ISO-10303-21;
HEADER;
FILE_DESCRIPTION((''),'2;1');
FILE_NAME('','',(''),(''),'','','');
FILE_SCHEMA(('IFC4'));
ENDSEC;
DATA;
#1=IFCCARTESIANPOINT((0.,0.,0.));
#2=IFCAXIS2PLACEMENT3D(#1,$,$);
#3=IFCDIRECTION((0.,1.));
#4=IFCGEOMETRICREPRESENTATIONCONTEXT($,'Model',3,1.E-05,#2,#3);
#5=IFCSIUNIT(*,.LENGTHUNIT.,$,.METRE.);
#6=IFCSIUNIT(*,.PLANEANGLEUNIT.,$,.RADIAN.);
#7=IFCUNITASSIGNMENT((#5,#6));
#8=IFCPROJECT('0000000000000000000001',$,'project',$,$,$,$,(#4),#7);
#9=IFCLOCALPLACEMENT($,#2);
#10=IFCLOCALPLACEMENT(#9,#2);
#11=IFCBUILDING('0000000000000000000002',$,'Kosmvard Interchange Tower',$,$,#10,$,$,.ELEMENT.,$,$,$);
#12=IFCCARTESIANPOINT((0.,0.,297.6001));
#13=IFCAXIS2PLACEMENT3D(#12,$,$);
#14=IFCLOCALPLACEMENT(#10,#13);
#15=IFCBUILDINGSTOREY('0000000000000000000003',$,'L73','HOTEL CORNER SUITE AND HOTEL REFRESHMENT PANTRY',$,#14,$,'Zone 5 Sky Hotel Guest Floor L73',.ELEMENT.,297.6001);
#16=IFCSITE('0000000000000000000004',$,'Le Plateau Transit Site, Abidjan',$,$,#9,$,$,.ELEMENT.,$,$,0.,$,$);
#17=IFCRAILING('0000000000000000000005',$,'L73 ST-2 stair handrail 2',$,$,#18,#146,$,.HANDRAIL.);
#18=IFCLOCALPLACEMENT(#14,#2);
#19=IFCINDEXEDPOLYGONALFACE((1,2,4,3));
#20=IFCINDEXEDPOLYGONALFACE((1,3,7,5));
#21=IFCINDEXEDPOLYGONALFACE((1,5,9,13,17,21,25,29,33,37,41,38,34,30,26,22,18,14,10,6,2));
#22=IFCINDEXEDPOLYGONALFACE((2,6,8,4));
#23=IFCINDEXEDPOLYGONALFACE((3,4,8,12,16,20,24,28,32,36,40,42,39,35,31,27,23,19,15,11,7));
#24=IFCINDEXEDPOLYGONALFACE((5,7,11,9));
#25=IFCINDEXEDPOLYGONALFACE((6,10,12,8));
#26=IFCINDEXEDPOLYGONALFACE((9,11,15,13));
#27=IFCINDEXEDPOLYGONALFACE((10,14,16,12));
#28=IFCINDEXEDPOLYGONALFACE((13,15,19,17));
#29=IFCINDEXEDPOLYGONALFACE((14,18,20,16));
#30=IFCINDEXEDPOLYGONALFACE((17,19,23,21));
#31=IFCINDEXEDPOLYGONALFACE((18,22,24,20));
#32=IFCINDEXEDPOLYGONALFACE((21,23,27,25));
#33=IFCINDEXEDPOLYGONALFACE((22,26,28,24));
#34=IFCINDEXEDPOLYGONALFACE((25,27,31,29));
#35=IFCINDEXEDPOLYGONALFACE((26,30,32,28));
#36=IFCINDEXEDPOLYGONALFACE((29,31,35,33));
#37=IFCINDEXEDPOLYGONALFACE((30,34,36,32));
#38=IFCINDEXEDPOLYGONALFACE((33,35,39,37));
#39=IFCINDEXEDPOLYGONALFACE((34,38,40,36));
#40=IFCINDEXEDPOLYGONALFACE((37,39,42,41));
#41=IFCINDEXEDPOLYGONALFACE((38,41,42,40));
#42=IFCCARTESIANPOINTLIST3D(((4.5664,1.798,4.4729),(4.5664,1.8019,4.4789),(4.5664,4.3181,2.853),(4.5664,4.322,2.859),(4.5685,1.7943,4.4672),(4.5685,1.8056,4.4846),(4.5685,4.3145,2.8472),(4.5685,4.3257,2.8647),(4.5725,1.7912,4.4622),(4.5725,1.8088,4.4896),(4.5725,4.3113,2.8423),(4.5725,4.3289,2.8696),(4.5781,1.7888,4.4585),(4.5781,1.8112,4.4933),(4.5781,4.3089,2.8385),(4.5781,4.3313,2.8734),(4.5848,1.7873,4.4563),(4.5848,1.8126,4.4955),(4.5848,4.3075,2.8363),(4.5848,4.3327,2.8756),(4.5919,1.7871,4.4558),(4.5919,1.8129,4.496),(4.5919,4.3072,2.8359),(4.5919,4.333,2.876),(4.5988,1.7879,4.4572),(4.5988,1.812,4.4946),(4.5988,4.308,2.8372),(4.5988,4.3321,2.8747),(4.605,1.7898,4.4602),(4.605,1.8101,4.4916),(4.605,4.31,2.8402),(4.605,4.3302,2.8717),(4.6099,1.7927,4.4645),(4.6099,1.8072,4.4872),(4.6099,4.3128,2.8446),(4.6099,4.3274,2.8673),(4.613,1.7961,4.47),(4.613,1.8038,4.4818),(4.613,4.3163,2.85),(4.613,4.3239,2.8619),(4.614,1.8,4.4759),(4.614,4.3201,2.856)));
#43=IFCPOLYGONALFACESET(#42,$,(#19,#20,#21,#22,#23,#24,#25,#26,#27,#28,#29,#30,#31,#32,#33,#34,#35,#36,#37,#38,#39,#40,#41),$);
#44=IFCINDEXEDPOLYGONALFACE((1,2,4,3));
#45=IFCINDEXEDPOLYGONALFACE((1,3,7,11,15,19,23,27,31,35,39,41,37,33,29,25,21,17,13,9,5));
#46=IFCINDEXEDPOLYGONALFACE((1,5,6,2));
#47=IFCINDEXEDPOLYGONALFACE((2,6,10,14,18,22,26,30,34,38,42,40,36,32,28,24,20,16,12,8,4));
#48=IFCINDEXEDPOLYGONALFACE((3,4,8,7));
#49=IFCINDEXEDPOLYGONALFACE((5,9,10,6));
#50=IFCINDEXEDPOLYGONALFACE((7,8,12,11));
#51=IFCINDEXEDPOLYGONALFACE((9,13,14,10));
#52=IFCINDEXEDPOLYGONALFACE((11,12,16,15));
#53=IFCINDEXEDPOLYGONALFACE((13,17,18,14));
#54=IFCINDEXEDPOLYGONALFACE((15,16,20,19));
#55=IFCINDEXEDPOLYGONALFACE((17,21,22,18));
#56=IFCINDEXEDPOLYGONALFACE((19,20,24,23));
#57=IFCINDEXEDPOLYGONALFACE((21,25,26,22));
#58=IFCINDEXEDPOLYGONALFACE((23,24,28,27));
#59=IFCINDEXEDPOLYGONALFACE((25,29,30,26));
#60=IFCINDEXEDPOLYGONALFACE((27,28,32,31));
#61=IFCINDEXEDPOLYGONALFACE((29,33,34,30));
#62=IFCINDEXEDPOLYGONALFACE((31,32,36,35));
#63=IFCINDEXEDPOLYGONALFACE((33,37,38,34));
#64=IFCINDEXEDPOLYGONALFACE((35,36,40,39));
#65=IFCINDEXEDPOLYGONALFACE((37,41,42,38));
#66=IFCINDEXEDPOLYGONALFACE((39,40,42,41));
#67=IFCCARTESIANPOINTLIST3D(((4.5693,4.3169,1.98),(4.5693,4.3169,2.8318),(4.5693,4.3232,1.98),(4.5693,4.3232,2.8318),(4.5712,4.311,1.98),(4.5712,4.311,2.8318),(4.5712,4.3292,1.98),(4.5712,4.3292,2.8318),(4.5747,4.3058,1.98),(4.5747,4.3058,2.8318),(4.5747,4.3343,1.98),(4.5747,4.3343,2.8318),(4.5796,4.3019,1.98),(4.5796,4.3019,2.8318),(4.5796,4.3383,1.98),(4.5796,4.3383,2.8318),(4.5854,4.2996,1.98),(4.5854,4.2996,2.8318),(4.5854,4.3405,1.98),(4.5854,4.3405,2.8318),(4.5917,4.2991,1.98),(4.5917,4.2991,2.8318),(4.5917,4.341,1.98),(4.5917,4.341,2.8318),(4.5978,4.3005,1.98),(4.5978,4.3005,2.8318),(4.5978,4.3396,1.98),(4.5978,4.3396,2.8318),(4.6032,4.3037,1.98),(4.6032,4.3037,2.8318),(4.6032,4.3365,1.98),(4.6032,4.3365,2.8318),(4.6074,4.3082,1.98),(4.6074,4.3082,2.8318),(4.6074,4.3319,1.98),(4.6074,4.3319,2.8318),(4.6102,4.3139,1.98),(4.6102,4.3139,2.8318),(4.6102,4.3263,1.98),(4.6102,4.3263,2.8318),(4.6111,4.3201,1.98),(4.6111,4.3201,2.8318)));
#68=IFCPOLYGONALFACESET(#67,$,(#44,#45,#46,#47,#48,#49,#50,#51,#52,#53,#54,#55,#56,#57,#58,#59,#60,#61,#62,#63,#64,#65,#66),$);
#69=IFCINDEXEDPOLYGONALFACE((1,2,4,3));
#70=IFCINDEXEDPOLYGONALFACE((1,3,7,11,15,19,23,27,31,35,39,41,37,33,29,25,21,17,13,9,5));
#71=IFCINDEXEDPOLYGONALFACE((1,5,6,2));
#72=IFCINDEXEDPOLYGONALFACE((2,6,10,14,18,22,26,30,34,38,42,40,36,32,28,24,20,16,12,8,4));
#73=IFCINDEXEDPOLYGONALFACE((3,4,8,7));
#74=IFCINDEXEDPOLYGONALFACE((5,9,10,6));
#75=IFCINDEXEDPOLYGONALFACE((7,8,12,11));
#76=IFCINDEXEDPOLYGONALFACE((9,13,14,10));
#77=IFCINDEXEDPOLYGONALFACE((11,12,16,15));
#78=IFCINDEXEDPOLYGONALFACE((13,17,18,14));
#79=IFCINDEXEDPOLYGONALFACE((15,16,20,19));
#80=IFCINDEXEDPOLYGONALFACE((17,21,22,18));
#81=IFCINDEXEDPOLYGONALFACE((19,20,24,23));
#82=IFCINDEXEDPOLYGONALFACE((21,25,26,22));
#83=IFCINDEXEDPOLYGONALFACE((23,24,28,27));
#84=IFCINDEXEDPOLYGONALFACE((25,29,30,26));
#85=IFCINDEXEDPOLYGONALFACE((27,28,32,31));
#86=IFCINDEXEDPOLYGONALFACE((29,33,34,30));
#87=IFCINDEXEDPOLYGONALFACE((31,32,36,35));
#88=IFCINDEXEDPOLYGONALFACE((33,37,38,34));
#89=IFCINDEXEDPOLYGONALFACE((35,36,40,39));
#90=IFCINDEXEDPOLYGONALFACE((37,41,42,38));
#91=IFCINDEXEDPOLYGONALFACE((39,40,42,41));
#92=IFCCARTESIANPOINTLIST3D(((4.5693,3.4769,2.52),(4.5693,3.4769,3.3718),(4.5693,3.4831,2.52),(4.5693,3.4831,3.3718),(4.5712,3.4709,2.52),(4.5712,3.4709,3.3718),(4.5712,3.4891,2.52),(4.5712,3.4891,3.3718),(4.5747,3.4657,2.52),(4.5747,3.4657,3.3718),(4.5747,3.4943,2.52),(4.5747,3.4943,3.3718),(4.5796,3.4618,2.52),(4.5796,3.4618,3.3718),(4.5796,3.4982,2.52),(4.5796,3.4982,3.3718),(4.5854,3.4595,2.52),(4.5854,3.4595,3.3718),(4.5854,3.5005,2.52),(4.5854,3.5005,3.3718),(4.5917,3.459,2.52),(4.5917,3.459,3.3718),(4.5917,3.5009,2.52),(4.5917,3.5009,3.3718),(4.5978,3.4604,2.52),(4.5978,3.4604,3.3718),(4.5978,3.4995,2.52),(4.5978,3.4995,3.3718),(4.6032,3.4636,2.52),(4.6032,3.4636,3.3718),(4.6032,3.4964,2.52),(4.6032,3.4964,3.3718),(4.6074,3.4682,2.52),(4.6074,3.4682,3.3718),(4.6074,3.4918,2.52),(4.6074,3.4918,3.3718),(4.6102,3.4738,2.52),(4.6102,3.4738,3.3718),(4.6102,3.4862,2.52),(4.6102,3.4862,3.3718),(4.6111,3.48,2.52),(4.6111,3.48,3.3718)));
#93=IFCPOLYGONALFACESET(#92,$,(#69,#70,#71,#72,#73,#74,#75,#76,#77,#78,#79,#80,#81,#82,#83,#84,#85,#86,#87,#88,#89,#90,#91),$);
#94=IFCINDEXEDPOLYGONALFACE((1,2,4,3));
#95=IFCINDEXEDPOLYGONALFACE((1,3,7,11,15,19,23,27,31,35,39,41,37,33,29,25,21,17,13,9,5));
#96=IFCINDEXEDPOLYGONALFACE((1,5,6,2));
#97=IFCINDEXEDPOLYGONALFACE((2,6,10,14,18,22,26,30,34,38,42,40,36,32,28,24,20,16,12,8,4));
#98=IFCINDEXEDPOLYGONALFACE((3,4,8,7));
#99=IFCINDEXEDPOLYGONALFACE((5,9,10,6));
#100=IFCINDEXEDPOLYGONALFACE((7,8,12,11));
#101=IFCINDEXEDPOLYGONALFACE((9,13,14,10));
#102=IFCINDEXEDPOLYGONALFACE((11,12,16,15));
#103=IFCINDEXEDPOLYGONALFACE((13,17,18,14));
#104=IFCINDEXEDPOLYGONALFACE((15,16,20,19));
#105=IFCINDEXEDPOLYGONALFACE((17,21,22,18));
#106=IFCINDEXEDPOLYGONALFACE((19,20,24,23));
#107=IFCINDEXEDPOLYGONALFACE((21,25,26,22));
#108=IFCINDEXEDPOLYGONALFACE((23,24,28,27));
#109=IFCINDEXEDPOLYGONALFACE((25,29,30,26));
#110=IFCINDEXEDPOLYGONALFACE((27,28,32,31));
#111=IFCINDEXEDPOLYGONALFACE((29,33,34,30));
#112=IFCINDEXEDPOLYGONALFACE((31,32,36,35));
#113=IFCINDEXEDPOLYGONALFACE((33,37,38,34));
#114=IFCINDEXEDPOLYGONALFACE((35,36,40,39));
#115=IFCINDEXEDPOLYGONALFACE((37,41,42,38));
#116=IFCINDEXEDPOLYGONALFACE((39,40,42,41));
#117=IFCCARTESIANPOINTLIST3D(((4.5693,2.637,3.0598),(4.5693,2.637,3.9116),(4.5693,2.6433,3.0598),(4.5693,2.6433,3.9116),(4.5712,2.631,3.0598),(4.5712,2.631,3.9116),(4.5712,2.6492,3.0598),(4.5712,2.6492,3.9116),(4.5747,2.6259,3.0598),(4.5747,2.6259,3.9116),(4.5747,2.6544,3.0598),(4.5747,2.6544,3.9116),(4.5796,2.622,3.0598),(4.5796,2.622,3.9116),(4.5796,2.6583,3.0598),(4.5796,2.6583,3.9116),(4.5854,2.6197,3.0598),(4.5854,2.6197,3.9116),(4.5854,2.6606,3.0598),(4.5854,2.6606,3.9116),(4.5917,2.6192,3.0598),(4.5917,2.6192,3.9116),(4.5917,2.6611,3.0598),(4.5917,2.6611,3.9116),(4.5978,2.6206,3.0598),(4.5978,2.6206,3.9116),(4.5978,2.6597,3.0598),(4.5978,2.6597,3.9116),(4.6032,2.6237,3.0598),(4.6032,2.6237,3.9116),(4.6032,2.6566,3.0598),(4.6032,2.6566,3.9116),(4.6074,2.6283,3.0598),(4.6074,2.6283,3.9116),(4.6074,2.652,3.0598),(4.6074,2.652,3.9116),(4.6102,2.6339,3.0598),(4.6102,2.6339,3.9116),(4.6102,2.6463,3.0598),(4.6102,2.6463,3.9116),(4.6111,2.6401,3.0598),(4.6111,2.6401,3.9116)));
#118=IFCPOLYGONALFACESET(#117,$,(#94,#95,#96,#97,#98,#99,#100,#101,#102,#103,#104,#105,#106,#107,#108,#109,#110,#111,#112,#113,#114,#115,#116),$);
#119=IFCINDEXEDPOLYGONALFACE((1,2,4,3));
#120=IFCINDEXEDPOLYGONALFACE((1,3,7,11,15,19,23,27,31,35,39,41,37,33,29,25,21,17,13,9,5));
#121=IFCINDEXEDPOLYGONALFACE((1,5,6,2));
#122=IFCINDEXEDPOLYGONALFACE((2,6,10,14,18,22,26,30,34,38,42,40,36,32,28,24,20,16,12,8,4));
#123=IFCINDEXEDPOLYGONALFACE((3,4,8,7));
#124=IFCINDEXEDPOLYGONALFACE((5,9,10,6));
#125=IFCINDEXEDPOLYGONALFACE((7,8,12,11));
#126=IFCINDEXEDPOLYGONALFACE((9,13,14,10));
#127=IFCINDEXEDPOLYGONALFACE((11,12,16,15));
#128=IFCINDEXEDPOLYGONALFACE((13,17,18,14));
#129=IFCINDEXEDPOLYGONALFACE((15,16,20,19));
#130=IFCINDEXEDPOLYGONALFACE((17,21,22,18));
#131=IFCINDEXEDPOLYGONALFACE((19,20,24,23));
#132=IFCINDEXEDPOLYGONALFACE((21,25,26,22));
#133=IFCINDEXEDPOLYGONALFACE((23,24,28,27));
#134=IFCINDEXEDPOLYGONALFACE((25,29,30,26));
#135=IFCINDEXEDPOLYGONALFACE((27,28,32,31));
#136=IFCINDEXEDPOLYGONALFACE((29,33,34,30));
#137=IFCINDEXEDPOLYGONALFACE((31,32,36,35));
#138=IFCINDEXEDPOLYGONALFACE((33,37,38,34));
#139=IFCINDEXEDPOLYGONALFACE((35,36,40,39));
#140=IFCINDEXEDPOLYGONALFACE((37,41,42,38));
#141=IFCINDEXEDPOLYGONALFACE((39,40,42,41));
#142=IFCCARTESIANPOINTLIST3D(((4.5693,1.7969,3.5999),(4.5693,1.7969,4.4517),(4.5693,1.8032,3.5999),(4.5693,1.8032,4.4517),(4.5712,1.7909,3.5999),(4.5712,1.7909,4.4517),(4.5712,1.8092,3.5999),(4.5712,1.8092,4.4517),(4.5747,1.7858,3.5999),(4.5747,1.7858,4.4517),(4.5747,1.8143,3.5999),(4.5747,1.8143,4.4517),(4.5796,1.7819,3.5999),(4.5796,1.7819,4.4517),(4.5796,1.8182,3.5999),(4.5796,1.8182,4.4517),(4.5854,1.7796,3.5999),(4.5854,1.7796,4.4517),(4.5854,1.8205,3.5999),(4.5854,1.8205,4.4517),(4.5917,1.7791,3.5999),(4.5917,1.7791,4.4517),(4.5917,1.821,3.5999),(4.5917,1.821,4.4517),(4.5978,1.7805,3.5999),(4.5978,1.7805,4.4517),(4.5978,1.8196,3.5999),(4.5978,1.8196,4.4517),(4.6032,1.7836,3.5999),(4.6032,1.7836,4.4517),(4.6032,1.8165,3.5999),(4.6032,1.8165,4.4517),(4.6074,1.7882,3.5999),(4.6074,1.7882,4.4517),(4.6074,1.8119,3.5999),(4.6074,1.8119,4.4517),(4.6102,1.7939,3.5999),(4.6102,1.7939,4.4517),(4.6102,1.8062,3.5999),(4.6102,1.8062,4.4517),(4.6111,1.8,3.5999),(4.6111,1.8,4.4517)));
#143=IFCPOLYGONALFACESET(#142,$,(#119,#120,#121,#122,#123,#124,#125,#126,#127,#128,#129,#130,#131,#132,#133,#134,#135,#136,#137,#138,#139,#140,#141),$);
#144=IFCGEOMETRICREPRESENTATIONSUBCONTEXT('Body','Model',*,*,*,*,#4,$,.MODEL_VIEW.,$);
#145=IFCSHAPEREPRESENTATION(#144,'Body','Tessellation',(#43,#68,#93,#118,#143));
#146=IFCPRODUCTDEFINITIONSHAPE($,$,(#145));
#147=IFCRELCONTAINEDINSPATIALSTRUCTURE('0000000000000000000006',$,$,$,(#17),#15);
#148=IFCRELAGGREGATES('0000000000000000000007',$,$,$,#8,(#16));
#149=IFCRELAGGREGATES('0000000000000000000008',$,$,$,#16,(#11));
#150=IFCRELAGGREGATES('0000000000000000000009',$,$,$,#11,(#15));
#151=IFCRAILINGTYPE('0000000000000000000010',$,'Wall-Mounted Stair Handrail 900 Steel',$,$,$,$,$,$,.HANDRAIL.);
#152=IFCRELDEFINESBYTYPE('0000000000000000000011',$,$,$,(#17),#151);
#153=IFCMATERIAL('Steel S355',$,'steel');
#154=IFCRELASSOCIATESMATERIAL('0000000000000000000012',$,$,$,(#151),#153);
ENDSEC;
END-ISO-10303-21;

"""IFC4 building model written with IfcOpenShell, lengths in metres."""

from ifc_helpers import new_model, si_unit, direction, frame, origin, origin_2d, place, context, subcontext, project, spatial, circle, extrude, source, transform, mapped, material, type_object, element, save


model = new_model("IFC4")

# Units and contexts
model_context = context("Model", 3, precision=1e-05, world=origin(), true_north=direction((0.0, 1.0)))
body_context = subcontext(model_context, "Body", "Model", "MODEL_VIEW")
ifc_project = project(units=[si_unit("LENGTHUNIT", "METRE"), si_unit("PLANEANGLEUNIT", "RADIAN")], contexts=[model_context])

# Site, building, storey
site_placement = place(None, origin())
site = spatial("IfcSite", under=ifc_project, at=site_placement, Name="Le Plateau Transit Site, Abidjan", CompositionType="ELEMENT", RefElevation=0.0)
building_placement = place(site_placement, origin())
building = spatial("IfcBuilding", under=site, at=building_placement, Name="Kosmvard Interchange Tower", CompositionType="ELEMENT")
storey_placement = place(building_placement, frame((0.0, 0.0, 297.6001)))
storey = spatial("IfcBuildingStorey", under=building, at=storey_placement, Name="L73", Description="HOTEL CORNER SUITE AND HOTEL REFRESHMENT PANTRY", LongName="Zone 5 Sky Hotel Guest Floor L73", CompositionType="ELEMENT", Elevation=297.6001)

# Shared definitions
ifc_material_1 = material(Name="Steel S355", Category="steel")

# Railing
railing_type_1 = type_object("IfcRailingType", Name="Wall-Mounted Stair Handrail 900 Steel", PredefinedType="HANDRAIL", material=ifc_material_1)
shared_shape_1 = source(origin(), body_context, "Body", "SweptSolid", [
    extrude(circle(Radius=0.0239, at=origin_2d()), frame((0.0, 0.0, 0.876), z_axis=(0.0, -0.8412, 0.540725), x_axis=(1.0, 0.0, 0.0)), (0.0, 0.0, 1.0), 2.9958),
    extrude(circle(Radius=0.021, at=origin_2d()), origin(), (0.0, 0.0, 1.0), 0.8518),
    extrude(circle(Radius=0.021, at=origin_2d()), frame((0.0, -0.8401, 0.54)), (0.0, 0.0, 1.0), 0.8518),
    extrude(circle(Radius=0.021, at=origin_2d()), frame((0.0, -1.6799, 1.0798)), (0.0, 0.0, 1.0), 0.8518),
    extrude(circle(Radius=0.021, at=origin_2d()), frame((0.0, -2.52, 1.6199)), (0.0, 0.0, 1.0), 0.8518),
])
railing_1_placement = place(storey_placement, frame((4.5901, 4.3201, 1.98)))
element("IfcRailing", 1, at=railing_1_placement, inside=storey, type_object=railing_type_1, Name="L73 ST-2 stair handrail 2", PredefinedType="HANDRAIL", context=body_context, shape_type="MappedRepresentation", body=[
    mapped(shared_shape_1, transform((0.0, 0.0, 0.0), scale=1.0)),
])

save(model, "model.ifc")
